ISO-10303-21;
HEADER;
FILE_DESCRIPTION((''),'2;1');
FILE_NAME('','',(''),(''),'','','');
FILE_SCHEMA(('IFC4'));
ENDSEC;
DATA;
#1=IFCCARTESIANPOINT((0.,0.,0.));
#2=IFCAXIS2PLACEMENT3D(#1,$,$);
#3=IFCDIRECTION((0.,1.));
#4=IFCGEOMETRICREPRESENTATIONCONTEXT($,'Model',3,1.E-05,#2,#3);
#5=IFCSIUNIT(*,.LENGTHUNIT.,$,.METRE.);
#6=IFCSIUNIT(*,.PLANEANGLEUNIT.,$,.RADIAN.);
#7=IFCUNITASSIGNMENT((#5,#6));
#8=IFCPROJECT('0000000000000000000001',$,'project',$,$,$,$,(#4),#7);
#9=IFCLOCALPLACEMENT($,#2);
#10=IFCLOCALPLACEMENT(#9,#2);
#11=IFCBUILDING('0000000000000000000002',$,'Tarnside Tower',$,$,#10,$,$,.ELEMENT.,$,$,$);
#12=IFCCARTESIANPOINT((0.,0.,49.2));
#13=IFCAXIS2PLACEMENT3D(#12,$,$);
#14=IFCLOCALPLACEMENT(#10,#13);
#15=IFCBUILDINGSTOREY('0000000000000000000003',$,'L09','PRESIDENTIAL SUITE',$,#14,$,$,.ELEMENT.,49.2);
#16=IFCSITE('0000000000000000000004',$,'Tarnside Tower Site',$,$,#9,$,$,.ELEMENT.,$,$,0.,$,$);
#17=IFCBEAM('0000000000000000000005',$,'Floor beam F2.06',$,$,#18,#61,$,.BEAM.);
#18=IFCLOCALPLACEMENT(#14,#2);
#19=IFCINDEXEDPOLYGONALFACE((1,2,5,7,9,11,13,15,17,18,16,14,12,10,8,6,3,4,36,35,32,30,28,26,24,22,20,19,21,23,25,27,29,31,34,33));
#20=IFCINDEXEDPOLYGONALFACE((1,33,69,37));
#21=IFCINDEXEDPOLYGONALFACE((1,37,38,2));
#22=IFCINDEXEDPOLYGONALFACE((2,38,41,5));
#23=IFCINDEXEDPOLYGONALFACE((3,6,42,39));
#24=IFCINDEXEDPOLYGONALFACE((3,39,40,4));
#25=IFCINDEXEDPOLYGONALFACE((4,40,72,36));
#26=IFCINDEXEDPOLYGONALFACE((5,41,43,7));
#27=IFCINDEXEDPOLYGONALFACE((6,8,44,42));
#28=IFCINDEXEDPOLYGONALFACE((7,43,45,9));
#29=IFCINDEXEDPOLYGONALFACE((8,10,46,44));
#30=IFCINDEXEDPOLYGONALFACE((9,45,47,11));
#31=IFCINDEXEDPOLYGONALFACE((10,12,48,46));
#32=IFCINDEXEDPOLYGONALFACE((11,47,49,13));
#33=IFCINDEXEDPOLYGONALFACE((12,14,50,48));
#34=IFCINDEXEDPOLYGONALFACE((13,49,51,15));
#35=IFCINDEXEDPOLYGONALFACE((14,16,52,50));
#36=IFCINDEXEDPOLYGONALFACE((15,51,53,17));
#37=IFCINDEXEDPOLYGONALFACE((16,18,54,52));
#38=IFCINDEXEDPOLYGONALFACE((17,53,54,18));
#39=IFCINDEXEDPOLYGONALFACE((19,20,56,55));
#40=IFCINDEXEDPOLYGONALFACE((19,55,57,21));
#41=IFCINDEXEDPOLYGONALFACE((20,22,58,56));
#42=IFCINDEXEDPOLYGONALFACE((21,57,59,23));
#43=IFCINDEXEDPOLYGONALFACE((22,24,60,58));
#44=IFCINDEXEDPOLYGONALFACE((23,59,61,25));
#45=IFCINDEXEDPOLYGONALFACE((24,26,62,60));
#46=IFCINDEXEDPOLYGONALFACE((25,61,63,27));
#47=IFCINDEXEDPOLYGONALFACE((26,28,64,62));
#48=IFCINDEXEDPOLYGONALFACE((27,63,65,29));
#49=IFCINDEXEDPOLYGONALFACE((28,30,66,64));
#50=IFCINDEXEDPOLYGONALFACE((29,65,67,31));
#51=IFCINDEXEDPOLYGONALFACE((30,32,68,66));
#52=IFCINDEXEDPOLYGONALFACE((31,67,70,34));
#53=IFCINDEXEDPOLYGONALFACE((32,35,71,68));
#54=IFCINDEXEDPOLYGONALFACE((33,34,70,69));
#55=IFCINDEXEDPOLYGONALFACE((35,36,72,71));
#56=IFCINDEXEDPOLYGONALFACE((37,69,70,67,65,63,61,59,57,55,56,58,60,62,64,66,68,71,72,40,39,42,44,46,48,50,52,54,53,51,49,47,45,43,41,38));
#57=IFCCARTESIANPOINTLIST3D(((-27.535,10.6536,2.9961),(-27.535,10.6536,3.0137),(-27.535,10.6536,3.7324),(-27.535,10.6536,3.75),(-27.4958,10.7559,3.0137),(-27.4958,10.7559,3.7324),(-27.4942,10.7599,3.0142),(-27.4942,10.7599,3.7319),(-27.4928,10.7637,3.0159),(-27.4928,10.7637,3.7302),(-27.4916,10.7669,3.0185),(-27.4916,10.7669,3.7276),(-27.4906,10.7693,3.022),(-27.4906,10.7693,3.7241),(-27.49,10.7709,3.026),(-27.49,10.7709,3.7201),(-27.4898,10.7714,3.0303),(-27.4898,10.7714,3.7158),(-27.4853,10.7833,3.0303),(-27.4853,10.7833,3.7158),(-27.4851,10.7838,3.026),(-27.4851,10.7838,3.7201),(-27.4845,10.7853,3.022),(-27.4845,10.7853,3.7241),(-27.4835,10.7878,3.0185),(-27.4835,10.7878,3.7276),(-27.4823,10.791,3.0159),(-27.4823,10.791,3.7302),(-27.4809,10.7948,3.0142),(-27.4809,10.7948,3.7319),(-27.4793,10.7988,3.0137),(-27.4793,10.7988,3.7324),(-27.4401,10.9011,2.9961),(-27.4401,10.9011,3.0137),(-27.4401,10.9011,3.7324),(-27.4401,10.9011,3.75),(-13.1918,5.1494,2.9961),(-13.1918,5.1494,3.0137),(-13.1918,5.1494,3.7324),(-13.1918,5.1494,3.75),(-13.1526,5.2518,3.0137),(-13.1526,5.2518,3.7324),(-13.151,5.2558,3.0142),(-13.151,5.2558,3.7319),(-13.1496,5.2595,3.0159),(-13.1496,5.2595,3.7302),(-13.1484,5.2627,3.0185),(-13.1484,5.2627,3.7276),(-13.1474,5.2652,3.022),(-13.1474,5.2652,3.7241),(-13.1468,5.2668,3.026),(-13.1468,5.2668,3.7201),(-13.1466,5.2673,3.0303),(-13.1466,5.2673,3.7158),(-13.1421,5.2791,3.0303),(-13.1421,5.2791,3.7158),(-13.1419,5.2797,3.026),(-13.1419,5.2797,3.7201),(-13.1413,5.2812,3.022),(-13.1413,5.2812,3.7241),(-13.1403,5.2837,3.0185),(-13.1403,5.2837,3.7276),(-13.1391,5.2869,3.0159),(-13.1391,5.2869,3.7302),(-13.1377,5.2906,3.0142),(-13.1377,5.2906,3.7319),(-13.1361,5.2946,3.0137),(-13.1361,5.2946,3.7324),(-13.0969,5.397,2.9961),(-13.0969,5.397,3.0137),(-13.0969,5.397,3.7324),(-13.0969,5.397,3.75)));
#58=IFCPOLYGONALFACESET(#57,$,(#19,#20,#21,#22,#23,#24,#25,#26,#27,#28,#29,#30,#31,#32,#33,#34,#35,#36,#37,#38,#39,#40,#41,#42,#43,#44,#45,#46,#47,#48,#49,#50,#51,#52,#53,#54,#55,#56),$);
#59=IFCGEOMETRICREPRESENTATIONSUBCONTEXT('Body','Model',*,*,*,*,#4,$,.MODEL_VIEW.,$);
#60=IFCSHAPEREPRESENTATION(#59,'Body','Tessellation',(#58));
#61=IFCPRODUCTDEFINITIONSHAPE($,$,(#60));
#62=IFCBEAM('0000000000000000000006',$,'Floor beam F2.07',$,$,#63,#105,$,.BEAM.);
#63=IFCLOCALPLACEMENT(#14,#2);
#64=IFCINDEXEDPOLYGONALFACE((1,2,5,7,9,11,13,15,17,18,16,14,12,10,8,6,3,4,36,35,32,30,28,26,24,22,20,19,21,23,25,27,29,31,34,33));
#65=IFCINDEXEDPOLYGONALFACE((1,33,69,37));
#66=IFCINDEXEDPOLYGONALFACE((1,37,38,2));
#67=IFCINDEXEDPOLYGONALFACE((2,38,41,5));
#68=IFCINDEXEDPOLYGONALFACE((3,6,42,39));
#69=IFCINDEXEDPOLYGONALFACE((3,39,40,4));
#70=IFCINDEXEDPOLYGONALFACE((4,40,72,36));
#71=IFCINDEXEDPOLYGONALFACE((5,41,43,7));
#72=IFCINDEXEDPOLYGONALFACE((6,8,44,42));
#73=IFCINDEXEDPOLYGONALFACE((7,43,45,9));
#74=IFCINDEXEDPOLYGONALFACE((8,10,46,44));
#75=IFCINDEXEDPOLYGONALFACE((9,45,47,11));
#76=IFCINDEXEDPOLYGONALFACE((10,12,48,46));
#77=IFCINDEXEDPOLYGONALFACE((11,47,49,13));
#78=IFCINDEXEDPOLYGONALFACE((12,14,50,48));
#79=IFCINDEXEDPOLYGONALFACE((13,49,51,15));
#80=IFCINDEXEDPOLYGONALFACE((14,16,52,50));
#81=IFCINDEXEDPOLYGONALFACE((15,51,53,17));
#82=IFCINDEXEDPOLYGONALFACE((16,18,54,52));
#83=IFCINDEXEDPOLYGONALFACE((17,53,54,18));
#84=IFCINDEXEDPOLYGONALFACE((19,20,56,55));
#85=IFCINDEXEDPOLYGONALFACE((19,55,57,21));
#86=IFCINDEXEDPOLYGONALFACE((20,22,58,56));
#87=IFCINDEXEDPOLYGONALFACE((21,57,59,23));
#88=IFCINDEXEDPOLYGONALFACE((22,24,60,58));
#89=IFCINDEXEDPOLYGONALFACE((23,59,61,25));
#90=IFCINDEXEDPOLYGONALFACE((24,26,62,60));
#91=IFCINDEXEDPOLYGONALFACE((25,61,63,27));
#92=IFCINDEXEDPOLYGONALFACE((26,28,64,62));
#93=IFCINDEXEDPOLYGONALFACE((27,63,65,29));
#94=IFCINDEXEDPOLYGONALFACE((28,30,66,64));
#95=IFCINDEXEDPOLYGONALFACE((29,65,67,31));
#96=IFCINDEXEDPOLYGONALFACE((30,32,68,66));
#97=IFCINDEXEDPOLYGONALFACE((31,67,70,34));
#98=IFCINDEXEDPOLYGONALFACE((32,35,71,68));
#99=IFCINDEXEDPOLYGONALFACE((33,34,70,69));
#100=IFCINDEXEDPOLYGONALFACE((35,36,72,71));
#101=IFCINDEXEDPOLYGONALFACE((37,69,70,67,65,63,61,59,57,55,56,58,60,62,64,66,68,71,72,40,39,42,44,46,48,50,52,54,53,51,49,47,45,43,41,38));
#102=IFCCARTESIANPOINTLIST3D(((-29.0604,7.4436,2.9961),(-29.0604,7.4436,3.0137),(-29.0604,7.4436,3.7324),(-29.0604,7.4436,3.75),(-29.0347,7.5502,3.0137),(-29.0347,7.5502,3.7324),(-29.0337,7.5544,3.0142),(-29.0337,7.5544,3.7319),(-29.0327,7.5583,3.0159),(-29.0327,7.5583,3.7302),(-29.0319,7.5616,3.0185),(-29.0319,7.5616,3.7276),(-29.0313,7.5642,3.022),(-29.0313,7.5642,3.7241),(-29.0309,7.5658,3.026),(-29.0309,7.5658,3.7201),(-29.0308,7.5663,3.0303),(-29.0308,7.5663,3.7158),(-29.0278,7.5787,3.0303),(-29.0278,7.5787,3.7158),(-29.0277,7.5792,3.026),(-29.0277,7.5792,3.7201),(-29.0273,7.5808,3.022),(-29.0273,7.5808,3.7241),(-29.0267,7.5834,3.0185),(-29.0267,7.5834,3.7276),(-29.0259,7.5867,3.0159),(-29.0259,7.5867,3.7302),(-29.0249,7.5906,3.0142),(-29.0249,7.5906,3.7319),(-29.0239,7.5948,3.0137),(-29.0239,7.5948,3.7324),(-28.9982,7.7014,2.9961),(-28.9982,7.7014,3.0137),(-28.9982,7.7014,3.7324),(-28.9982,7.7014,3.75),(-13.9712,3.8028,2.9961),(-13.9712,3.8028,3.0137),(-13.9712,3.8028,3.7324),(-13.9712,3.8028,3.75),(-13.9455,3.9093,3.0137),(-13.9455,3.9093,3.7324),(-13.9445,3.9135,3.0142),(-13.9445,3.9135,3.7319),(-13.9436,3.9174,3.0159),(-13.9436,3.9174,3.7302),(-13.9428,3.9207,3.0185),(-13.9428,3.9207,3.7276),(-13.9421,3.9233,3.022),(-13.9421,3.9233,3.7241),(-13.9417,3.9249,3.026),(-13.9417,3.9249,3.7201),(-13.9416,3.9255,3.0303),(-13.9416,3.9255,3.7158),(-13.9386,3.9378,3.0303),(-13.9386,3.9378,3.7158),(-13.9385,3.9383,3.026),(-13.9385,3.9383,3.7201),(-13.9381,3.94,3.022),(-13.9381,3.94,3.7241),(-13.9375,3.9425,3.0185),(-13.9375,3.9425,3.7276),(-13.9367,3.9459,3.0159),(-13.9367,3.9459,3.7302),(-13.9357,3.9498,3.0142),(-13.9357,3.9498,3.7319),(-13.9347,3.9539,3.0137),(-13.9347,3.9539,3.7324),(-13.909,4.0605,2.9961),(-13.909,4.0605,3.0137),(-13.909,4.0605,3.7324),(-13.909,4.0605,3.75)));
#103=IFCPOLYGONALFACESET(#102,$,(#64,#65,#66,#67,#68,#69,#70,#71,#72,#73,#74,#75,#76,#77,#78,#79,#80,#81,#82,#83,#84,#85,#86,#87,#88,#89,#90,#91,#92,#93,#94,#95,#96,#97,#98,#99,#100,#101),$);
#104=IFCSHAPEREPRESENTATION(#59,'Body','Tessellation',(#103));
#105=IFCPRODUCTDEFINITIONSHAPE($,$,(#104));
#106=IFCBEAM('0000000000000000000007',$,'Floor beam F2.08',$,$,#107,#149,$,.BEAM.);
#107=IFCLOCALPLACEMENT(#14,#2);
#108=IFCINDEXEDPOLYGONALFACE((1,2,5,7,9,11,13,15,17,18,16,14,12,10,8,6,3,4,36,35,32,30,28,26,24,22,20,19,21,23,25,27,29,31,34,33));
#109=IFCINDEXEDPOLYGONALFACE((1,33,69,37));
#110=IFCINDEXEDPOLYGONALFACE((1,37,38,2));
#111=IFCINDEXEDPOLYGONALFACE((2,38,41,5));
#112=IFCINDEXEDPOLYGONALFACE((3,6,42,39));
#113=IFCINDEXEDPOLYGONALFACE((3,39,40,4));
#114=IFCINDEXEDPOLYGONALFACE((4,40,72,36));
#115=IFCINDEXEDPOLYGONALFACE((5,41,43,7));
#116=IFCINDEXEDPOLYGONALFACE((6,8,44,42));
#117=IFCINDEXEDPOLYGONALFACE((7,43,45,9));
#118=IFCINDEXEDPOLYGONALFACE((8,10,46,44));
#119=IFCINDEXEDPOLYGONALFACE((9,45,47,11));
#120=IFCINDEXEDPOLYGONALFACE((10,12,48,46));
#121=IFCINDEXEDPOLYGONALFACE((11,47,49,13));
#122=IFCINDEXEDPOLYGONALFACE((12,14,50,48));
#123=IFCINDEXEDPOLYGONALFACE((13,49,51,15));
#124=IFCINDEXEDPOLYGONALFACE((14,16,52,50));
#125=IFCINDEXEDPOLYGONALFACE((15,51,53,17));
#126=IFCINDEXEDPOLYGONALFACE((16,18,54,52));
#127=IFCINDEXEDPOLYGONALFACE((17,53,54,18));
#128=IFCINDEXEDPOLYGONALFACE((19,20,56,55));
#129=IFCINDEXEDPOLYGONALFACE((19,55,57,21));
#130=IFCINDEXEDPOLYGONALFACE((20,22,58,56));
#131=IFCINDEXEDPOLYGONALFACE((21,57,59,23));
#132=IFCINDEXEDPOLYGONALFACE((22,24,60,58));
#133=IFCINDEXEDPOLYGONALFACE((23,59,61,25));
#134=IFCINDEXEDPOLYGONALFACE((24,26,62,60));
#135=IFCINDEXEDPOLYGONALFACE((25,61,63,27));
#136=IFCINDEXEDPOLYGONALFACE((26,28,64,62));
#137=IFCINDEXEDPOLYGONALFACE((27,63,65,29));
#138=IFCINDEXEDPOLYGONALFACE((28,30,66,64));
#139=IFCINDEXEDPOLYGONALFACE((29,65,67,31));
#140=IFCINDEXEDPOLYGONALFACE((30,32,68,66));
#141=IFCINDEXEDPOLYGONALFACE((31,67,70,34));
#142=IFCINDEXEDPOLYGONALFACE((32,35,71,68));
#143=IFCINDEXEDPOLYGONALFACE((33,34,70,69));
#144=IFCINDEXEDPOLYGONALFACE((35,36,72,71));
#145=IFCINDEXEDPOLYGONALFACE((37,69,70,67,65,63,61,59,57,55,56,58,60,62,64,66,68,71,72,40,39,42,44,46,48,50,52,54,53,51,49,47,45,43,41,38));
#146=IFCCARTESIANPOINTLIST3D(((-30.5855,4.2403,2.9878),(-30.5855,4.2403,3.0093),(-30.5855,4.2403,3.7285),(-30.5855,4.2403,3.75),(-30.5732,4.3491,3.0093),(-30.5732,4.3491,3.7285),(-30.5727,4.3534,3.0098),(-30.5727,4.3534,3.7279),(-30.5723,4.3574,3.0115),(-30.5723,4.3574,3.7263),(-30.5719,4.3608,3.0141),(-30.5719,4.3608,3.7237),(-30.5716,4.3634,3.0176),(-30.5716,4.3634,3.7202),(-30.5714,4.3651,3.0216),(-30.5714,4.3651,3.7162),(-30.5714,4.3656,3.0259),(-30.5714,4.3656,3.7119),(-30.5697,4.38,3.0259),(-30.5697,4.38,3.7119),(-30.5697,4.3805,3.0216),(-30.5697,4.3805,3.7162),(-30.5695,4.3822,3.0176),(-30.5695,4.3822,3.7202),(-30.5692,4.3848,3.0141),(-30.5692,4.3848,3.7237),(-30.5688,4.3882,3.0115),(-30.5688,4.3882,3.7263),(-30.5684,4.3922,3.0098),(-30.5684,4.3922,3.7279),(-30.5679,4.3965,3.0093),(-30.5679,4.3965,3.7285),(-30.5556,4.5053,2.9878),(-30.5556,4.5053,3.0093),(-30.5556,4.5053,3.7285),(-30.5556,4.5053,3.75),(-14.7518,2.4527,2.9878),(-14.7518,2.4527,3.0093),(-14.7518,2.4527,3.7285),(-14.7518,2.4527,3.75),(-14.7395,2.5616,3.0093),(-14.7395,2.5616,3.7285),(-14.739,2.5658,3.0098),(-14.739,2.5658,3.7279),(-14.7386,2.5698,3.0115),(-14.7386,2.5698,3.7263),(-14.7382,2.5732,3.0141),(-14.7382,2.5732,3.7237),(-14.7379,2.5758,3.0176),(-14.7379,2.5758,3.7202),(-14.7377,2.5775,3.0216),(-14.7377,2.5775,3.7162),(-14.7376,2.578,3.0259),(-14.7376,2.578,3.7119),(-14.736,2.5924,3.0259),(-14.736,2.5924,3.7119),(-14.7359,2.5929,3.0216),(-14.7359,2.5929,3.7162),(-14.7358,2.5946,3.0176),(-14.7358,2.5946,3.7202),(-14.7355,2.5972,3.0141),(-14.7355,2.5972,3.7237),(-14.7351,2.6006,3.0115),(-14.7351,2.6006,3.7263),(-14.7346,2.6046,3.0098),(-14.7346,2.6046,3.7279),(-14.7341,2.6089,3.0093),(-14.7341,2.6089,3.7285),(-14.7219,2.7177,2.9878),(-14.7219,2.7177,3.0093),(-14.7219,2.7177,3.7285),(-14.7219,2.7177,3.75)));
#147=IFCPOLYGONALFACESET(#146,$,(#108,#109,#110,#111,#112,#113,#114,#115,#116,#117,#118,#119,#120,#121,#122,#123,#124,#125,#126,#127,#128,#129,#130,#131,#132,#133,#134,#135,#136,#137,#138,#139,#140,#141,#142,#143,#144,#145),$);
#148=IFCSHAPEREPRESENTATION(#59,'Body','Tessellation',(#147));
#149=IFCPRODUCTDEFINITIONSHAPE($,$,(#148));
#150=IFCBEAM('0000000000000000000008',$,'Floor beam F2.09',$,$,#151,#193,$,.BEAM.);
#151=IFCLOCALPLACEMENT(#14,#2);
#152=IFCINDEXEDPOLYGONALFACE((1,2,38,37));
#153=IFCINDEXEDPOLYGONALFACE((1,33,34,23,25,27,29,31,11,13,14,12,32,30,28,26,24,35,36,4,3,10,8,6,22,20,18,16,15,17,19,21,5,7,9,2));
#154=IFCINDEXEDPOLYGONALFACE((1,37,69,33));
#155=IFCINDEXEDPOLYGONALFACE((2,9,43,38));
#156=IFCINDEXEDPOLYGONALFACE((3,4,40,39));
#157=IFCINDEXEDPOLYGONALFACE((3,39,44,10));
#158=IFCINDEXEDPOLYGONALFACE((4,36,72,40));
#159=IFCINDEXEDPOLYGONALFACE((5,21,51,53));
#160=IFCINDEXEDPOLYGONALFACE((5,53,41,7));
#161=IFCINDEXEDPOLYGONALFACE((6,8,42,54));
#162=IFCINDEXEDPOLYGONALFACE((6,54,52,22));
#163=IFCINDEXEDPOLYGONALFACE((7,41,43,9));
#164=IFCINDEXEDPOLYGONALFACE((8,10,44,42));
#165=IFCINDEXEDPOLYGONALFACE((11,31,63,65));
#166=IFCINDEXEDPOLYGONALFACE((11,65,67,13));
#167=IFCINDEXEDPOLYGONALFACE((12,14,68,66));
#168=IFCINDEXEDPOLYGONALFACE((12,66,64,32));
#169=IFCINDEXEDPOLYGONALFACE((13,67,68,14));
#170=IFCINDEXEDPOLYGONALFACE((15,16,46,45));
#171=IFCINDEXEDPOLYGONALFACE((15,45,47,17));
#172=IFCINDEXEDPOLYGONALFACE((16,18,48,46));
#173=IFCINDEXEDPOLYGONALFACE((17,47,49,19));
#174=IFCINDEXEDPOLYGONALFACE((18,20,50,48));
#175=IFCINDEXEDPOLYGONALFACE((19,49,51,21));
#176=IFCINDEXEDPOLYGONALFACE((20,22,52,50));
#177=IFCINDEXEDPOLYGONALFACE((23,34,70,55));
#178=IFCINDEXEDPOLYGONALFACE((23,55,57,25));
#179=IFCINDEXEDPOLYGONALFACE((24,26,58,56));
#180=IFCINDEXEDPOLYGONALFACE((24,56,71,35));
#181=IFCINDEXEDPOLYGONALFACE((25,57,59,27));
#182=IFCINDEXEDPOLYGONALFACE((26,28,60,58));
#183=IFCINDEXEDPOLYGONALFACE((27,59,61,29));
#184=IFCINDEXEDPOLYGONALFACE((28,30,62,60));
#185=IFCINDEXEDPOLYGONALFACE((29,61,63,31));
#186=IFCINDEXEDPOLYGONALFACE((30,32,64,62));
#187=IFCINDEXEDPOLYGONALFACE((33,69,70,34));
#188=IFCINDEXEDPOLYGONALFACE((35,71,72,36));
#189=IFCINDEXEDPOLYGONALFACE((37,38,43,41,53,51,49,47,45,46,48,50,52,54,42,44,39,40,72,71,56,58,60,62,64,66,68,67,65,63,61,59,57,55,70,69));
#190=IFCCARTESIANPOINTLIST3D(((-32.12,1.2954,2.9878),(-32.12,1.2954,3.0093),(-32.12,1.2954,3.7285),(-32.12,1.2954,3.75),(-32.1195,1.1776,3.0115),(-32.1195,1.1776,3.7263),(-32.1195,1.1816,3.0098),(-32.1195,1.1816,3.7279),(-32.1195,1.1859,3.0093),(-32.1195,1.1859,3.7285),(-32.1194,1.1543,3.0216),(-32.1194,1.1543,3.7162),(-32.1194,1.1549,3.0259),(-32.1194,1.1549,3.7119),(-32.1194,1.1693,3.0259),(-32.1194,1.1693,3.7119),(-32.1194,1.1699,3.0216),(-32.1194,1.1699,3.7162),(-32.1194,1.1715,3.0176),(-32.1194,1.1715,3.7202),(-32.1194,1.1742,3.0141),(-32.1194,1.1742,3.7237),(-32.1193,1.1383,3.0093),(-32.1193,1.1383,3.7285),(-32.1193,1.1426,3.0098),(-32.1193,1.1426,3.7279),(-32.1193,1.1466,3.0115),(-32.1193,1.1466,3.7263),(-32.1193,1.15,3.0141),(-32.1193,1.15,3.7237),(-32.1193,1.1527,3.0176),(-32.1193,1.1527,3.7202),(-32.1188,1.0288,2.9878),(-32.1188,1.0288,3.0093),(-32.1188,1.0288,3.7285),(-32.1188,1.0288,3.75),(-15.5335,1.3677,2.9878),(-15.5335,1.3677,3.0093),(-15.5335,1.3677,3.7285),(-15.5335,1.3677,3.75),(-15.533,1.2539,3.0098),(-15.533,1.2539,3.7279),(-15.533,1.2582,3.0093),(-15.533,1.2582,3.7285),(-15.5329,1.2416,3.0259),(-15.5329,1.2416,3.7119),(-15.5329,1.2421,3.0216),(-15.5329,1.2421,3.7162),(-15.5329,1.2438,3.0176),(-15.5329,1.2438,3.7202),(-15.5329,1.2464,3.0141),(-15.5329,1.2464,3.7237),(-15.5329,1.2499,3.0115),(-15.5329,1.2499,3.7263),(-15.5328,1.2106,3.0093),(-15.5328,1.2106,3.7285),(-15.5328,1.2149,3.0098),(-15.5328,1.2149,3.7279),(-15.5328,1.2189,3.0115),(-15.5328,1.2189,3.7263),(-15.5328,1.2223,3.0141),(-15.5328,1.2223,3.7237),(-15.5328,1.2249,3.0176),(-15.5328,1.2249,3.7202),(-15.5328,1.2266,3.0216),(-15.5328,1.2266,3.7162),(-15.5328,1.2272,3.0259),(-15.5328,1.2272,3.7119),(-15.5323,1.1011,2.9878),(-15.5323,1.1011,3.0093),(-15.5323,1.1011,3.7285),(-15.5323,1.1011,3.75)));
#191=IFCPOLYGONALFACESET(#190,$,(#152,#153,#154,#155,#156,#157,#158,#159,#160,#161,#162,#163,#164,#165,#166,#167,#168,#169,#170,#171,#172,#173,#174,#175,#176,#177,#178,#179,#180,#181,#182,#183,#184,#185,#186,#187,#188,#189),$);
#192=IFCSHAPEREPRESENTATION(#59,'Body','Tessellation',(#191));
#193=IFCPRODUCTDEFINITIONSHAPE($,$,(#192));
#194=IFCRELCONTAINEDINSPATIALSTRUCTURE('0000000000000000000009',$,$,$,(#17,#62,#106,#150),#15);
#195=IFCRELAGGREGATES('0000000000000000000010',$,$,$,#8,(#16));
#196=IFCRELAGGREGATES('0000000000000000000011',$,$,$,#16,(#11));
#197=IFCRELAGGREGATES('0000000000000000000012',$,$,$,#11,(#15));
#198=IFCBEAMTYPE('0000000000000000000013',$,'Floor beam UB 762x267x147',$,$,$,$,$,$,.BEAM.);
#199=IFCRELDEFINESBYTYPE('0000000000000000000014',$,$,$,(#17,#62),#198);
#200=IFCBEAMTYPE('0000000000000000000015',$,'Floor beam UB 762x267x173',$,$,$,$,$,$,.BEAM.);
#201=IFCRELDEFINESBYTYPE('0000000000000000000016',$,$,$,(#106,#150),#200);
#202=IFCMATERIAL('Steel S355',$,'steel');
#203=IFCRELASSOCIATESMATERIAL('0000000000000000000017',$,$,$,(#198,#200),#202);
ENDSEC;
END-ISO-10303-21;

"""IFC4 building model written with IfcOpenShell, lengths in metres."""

from ifc_helpers import new_model, si_unit, direction, frame, origin, origin_2d, place, context, subcontext, project, spatial, i_section, extrude, material, material_profile, profile_set, type_object, element, save


model = new_model("IFC4")

# Units and contexts
model_context = context("Model", 3, precision=1e-05, world=origin(), true_north=direction((0.0, 1.0)))
body_context = subcontext(model_context, "Body", "Model", "MODEL_VIEW")
ifc_project = project(units=[si_unit("LENGTHUNIT", "METRE"), si_unit("PLANEANGLEUNIT", "RADIAN")], contexts=[model_context])

# Site, building, storey
site_placement = place(None, origin())
site = spatial("IfcSite", under=ifc_project, at=site_placement, Name="Tarnside Tower Site", CompositionType="ELEMENT", RefElevation=0.0)
building_placement = place(site_placement, origin())
building = spatial("IfcBuilding", under=site, at=building_placement, Name="Tarnside Tower", CompositionType="ELEMENT")
storey_placement = place(building_placement, frame((0.0, 0.0, 49.2)))
storey = spatial("IfcBuildingStorey", under=building, at=storey_placement, Name="L09", Description="PRESIDENTIAL SUITE", CompositionType="ELEMENT", Elevation=49.2)

# Beams
ifc_material_1 = material(Name="Steel S355", Category="steel")
ifc_material_profile_1 = material_profile(ifc_material_1, i_section(OverallWidth=0.2651, OverallDepth=0.7539, WebThickness=0.0127, FlangeThickness=0.0176, FilletRadius=0.0166, at=origin_2d()), Name="UB 762x267x147")
ifc_profile_set_1 = profile_set([ifc_material_profile_1], Name="Steel S355")
beam_type_1 = type_object("IfcBeamType", Name="Floor beam UB 762x267x147", PredefinedType="BEAM", material=ifc_profile_set_1)
beam_1_placement = place(storey_placement, frame((-27.4875, 10.7773, 3.373), z_axis=(0.933618, -0.358271, 0.0), x_axis=(0.358271, 0.933618, 0.0)))
element("IfcBeam", 1, at=beam_1_placement, inside=storey, type_object=beam_type_1, Name="Floor beam F2.06", PredefinedType="BEAM", context=body_context, shape_type="SweptSolid", body=[
    extrude(i_section(OverallWidth=0.2651, OverallDepth=0.7539, WebThickness=0.0127, FlangeThickness=0.0176, FilletRadius=0.0166, at=origin_2d()), origin(), (0.0, 0.0, 1.0), 15.363),
])
beam_2_placement = place(storey_placement, frame((-29.0293, 7.5725, 3.373), z_axis=(0.972102, -0.23456, 0.0), x_axis=(0.23456, 0.972102, 0.0)))
element("IfcBeam", 2, at=beam_2_placement, inside=storey, type_object=beam_type_1, Name="Floor beam F2.07", PredefinedType="BEAM", context=body_context, shape_type="SweptSolid", body=[
    extrude(i_section(OverallWidth=0.2651, OverallDepth=0.7539, WebThickness=0.0127, FlangeThickness=0.0176, FilletRadius=0.0166, at=origin_2d()), origin(), (0.0, 0.0, 1.0), 15.5222),
])
ifc_material_profile_2 = material_profile(ifc_material_1, i_section(OverallWidth=0.2666, OverallDepth=0.7622, WebThickness=0.0144, FlangeThickness=0.0215, FilletRadius=0.0166, at=origin_2d()), Name="UB 762x267x173")
ifc_profile_set_2 = profile_set([ifc_material_profile_2], Name="Steel S355")
beam_type_2 = type_object("IfcBeamType", Name="Floor beam UB 762x267x173", PredefinedType="BEAM", material=ifc_profile_set_2)
beam_3_placement = place(storey_placement, frame((-30.5706, 4.3728, 3.3689), z_axis=(0.993687, -0.112185, 0.0), x_axis=(0.112185, 0.993687, 0.0)))
element("IfcBeam", 3, at=beam_3_placement, inside=storey, type_object=beam_type_2, Name="Floor beam F2.08", PredefinedType="BEAM", context=body_context, shape_type="SweptSolid", body=[
    extrude(i_section(OverallWidth=0.2666, OverallDepth=0.7622, WebThickness=0.0144, FlangeThickness=0.0215, FilletRadius=0.0166, at=origin_2d()), origin(), (0.0, 0.0, 1.0), 15.9343),
])
beam_4_placement = place(storey_placement, frame((-32.1194, 1.1621, 3.3689), z_axis=(0.999991, 0.004357, 0.0), x_axis=(-0.004357, 0.999991, 0.0)))
element("IfcBeam", 4, at=beam_4_placement, inside=storey, type_object=beam_type_2, Name="Floor beam F2.09", PredefinedType="BEAM", context=body_context, shape_type="SweptSolid", body=[
    extrude(i_section(OverallWidth=0.2666, OverallDepth=0.7622, WebThickness=0.0144, FlangeThickness=0.0215, FilletRadius=0.0166, at=origin_2d()), origin(), (0.0, 0.0, 1.0), 16.5867),
])

save(model, "model.ifc")
